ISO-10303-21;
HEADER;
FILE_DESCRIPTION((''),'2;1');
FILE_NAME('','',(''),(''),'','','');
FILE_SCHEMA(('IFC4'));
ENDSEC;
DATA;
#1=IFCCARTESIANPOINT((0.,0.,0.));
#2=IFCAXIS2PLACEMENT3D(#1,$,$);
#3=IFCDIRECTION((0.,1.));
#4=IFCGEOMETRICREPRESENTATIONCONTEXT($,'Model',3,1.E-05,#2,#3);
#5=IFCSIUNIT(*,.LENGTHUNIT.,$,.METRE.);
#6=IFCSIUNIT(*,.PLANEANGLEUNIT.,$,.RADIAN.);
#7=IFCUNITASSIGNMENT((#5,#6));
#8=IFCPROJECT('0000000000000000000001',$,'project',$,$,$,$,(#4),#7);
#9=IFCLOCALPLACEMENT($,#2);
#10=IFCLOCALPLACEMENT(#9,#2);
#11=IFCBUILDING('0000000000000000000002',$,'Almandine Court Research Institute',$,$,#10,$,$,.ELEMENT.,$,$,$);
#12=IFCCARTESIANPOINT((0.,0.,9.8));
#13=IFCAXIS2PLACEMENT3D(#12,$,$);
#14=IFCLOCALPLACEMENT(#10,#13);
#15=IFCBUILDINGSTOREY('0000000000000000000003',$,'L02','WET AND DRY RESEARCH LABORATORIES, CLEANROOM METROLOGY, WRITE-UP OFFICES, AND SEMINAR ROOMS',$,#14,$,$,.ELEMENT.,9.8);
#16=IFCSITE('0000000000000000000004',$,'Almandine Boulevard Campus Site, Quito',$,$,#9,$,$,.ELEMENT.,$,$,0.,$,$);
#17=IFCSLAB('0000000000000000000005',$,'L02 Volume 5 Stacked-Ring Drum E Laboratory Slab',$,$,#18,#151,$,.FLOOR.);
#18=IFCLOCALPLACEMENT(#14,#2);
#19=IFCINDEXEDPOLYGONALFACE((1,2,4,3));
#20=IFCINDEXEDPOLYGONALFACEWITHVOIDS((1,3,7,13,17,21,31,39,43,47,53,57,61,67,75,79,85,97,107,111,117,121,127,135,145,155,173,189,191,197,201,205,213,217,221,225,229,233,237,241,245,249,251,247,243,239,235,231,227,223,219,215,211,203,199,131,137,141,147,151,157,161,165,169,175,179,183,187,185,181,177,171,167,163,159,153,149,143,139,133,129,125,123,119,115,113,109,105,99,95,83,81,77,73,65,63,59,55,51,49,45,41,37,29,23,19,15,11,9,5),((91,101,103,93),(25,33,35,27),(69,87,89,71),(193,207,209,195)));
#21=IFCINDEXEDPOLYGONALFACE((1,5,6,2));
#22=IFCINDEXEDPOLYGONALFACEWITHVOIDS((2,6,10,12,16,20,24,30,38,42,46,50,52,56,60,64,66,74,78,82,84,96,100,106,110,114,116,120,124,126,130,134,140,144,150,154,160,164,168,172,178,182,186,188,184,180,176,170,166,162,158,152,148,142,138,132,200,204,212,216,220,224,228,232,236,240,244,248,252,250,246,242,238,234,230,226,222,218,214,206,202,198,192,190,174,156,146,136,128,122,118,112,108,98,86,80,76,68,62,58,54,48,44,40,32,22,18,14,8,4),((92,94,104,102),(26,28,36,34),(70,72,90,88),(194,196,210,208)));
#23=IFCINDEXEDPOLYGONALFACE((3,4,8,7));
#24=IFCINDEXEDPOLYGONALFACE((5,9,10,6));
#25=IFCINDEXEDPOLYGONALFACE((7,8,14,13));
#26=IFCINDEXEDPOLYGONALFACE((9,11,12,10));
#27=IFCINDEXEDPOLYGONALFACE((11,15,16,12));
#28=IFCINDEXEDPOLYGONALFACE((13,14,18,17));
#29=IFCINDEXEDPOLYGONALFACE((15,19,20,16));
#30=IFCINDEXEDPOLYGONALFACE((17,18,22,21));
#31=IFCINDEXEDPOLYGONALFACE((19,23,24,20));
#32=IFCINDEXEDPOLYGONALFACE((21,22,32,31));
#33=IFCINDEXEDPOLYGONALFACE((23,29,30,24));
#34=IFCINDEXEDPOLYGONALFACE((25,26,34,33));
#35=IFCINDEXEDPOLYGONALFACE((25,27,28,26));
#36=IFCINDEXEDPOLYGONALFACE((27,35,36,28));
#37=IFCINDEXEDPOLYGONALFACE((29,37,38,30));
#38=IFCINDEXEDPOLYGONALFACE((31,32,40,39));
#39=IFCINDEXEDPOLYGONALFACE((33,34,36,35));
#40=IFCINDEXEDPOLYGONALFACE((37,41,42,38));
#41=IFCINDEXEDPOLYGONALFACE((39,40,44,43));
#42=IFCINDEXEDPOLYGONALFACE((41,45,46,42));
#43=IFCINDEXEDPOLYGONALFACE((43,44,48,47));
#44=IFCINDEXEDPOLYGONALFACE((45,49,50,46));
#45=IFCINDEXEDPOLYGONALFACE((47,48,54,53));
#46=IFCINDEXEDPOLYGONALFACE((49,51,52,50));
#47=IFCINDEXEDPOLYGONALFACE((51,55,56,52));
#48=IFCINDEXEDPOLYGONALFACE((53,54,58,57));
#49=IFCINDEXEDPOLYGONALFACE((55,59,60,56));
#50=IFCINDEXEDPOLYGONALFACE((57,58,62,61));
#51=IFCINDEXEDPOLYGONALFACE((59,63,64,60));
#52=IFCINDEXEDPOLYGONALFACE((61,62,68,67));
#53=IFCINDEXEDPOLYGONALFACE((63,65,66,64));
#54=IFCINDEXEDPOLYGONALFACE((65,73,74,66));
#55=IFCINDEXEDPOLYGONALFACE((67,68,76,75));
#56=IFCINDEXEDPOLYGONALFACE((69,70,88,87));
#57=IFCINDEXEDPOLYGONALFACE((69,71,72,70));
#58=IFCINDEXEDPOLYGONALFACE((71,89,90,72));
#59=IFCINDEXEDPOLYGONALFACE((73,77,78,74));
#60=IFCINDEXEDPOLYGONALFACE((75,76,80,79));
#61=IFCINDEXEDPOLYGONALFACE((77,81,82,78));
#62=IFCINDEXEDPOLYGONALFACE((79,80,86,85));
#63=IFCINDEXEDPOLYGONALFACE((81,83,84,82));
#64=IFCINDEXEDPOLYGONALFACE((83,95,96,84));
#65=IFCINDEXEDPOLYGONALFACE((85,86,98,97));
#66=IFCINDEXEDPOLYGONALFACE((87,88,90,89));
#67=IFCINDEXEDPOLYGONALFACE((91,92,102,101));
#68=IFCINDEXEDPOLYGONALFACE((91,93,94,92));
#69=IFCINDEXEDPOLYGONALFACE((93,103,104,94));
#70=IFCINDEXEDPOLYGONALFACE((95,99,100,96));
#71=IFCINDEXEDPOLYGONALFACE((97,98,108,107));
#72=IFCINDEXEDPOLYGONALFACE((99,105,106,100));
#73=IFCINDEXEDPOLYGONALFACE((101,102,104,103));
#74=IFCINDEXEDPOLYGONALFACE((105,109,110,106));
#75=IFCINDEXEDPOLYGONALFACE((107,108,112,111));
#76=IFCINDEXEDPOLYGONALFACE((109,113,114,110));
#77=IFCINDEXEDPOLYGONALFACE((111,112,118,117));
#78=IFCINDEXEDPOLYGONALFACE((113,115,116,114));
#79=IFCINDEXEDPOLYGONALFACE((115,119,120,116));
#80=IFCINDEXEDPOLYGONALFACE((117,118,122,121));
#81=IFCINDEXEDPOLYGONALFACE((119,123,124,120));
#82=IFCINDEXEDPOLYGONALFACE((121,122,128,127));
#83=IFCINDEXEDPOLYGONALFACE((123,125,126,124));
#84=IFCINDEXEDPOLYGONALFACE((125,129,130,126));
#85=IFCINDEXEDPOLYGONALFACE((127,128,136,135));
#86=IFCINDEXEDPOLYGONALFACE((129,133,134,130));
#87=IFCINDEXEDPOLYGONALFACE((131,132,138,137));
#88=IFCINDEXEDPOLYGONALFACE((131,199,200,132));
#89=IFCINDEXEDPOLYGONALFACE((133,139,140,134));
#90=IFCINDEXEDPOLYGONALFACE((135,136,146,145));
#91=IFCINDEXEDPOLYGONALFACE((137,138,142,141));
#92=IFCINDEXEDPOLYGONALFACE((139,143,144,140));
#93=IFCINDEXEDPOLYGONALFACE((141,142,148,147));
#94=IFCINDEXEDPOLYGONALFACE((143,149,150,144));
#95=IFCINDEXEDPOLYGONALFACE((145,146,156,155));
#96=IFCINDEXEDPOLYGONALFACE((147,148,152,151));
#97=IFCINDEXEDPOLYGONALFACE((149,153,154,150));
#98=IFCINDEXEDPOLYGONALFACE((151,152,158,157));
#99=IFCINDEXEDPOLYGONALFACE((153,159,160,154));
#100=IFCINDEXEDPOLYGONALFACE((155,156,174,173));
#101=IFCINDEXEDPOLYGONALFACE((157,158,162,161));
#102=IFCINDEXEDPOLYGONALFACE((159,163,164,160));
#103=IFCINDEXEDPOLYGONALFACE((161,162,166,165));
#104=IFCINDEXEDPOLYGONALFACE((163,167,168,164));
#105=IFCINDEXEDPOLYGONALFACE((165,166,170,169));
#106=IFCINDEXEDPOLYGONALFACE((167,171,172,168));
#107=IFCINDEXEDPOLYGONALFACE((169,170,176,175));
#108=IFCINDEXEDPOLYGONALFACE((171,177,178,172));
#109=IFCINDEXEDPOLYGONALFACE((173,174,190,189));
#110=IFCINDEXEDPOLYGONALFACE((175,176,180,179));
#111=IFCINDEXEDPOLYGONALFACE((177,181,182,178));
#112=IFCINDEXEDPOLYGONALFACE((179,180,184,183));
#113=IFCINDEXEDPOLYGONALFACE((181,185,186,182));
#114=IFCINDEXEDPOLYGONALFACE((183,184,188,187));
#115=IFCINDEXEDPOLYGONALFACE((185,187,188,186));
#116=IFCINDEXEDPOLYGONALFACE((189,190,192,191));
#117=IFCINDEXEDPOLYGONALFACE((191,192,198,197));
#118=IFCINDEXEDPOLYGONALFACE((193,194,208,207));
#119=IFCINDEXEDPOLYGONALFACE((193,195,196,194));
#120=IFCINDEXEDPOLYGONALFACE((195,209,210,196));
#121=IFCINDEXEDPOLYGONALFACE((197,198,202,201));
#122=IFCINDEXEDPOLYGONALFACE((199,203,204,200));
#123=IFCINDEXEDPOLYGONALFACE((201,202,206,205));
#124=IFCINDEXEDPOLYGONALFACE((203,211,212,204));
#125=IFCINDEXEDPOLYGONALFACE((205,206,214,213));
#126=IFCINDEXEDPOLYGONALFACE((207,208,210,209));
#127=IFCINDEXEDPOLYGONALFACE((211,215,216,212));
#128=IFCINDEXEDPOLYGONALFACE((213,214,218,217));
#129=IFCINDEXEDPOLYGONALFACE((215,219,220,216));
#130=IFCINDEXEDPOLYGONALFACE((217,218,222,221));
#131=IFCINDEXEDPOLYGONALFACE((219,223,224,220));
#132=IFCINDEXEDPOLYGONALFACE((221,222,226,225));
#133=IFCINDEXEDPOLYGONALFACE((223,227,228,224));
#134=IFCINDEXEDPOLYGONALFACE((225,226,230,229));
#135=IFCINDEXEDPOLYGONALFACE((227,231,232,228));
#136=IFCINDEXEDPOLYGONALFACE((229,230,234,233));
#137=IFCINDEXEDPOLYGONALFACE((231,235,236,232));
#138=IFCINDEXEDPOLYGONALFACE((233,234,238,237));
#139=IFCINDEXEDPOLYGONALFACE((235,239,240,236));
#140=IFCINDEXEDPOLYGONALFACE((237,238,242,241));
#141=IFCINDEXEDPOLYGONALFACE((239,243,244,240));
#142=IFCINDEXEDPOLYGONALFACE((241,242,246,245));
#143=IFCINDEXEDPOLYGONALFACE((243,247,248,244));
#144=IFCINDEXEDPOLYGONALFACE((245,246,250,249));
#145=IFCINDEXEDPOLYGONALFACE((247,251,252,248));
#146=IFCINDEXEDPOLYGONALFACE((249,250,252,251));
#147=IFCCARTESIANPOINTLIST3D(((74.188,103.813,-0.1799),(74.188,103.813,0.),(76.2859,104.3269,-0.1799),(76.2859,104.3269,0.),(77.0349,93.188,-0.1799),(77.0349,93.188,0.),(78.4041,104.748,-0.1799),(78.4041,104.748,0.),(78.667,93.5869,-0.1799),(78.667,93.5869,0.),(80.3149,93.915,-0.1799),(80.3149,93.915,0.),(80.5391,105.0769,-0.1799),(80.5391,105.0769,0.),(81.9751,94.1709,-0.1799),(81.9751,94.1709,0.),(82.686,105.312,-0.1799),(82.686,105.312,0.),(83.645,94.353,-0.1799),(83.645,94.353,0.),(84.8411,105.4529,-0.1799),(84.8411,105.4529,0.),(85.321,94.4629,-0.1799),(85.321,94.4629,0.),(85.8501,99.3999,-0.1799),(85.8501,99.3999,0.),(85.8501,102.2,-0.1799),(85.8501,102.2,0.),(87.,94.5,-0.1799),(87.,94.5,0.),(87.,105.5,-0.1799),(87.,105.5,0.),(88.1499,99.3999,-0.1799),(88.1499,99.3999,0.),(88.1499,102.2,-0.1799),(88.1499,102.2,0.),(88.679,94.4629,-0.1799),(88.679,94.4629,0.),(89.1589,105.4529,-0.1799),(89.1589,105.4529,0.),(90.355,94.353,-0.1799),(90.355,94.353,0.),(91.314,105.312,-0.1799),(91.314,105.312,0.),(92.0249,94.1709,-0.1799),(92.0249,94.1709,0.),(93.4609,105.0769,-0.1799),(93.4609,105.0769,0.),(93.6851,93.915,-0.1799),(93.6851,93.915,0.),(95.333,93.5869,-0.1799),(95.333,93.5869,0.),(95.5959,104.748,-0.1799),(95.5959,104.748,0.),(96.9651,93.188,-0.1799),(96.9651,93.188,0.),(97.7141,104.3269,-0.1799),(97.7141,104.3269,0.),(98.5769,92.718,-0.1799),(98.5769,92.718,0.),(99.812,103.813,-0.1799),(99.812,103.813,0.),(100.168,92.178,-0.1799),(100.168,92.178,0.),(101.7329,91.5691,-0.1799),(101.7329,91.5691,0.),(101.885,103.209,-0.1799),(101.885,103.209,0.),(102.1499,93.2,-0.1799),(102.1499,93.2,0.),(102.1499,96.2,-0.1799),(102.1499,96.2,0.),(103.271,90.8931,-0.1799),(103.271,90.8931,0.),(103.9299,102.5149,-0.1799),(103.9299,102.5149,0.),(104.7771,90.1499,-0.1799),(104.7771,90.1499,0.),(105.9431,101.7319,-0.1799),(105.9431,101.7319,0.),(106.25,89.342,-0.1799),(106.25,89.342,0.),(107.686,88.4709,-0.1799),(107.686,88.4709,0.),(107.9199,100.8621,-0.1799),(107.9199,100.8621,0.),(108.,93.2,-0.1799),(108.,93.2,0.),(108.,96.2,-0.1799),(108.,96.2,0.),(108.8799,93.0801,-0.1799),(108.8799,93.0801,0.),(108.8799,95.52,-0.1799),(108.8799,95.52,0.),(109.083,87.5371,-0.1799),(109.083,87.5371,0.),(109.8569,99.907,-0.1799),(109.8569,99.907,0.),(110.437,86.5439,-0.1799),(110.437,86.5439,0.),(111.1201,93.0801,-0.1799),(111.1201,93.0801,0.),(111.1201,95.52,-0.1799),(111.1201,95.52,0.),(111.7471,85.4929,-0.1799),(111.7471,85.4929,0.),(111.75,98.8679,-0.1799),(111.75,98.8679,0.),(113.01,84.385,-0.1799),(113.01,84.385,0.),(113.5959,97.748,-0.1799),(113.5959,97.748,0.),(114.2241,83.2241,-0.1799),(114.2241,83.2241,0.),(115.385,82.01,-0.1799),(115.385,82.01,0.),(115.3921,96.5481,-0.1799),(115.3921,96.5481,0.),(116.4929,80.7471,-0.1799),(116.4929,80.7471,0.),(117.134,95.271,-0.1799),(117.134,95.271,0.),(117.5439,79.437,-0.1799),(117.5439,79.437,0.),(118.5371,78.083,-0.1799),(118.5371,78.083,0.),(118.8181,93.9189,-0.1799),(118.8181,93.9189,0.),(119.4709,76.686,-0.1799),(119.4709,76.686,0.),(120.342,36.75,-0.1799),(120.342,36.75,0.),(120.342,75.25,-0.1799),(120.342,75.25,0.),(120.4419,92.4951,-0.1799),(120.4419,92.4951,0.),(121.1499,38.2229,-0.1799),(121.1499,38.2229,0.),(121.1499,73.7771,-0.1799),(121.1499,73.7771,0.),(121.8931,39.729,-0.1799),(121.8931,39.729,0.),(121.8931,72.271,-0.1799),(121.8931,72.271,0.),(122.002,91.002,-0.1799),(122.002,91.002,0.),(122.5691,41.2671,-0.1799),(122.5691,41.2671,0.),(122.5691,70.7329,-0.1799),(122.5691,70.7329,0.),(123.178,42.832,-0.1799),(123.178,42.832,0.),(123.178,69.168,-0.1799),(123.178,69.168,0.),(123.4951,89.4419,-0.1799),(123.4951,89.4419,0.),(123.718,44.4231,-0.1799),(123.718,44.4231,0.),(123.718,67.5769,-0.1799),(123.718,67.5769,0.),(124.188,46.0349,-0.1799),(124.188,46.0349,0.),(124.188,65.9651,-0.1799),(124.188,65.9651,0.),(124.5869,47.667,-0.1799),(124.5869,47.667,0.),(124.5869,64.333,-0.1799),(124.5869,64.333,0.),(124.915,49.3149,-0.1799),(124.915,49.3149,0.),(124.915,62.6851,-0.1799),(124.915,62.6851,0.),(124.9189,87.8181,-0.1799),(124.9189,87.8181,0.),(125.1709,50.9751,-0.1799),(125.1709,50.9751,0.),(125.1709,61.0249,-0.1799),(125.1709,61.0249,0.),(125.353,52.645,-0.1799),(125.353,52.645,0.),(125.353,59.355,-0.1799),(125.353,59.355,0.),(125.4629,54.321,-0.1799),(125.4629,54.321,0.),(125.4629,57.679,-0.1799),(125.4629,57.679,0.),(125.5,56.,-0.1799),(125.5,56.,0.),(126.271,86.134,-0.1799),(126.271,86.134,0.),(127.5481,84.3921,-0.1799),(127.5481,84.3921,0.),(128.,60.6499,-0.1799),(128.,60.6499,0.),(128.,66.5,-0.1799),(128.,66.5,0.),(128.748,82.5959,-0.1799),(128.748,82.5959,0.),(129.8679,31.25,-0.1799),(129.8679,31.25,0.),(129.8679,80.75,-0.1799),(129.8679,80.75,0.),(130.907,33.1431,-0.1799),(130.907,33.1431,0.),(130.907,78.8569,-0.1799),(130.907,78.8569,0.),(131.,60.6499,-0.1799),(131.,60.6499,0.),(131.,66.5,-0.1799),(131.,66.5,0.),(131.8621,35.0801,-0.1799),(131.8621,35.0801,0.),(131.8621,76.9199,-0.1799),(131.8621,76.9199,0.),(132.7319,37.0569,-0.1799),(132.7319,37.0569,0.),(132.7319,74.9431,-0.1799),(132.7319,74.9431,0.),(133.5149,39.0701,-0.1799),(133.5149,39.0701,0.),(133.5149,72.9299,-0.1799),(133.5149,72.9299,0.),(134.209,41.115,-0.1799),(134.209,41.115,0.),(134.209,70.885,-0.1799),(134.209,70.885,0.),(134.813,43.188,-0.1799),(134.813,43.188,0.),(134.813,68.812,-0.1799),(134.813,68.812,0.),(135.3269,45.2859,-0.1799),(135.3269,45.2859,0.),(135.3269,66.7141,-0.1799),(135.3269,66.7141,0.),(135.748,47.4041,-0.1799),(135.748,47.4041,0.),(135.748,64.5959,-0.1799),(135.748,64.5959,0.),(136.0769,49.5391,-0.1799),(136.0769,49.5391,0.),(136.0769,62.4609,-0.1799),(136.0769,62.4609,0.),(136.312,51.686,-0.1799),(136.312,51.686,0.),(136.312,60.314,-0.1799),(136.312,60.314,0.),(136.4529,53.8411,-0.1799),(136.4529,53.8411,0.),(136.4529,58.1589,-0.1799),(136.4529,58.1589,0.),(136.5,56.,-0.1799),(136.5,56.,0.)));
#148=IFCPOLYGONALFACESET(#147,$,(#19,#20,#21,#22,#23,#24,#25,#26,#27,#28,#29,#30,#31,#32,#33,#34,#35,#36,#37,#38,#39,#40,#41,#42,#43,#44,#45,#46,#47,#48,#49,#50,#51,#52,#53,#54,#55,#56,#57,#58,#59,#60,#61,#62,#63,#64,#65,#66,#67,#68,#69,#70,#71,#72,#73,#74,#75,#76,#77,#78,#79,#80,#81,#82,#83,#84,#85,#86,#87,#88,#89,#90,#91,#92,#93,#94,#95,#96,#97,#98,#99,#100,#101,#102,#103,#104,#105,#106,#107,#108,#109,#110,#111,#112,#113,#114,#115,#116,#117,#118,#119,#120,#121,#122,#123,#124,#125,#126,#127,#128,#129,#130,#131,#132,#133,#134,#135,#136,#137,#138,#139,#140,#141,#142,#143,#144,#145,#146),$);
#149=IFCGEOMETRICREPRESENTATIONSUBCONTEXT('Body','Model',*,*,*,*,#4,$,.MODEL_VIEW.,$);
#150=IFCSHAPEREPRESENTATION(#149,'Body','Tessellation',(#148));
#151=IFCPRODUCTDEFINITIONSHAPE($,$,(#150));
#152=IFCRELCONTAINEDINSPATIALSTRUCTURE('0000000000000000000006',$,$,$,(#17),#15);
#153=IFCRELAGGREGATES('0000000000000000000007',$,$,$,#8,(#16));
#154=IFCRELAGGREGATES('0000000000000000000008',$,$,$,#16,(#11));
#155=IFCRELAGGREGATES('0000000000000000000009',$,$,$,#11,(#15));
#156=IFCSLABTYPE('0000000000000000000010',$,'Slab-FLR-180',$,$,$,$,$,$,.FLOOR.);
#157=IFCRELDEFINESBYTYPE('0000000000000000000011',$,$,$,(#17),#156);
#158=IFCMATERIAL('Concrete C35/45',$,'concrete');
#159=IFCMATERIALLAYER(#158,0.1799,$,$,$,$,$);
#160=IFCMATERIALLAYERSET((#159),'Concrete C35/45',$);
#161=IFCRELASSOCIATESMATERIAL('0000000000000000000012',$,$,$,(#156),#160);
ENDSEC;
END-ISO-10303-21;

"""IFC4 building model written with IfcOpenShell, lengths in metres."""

from ifc_helpers import new_model, si_unit, direction, frame, origin, place, context, subcontext, project, spatial, polyline, outline, extrude, material, layer, layer_set, type_object, element, save


model = new_model("IFC4")

# Units and contexts
model_context = context("Model", 3, precision=1e-05, world=origin(), true_north=direction((0.0, 1.0)))
body_context = subcontext(model_context, "Body", "Model", "MODEL_VIEW")
ifc_project = project(units=[si_unit("LENGTHUNIT", "METRE"), si_unit("PLANEANGLEUNIT", "RADIAN")], contexts=[model_context])

# Site, building, storey
site_placement = place(None, origin())
site = spatial("IfcSite", under=ifc_project, at=site_placement, Name="Almandine Boulevard Campus Site, Quito", CompositionType="ELEMENT", RefElevation=0.0)
building_placement = place(site_placement, origin())
building = spatial("IfcBuilding", under=site, at=building_placement, Name="Almandine Court Research Institute", CompositionType="ELEMENT")
storey_placement = place(building_placement, frame((0.0, 0.0, 9.8)))
storey = spatial("IfcBuildingStorey", under=building, at=storey_placement, Name="L02", Description="WET AND DRY RESEARCH LABORATORIES, CLEANROOM METROLOGY, WRITE-UP OFFICES, AND SEMINAR ROOMS", CompositionType="ELEMENT", Elevation=9.8)

# Slab
ifc_material_1 = material(Name="Concrete C35/45", Category="concrete")
ifc_layer_1 = layer(ifc_material_1, 0.1799)
ifc_layer_set_1 = layer_set([ifc_layer_1], Name="Concrete C35/45")
slab_type_1 = type_object("IfcSlabType", Name="Slab-FLR-180", PredefinedType="FLOOR", material=ifc_layer_set_1)
slab_1_placement = place(storey_placement, frame((0.0, 0.0, -0.1799)))
element("IfcSlab", 1, at=slab_1_placement, inside=storey, type_object=slab_type_1, Name="L02 Volume 5 Stacked-Ring Drum E Laboratory Slab", PredefinedType="FLOOR", context=body_context, shape_type="SweptSolid", body=[
    extrude(outline(polyline([(129.8679, 31.25), (130.907, 33.1431), (131.8621, 35.0801), (132.7319, 37.0569), (133.5149, 39.0701), (134.209, 41.115), (134.813, 43.188), (135.3269, 45.2859), (135.748, 47.4041), (136.0769, 49.5391), (136.312, 51.686), (136.4529, 53.8411), (136.5, 56.0), (136.4529, 58.1589), (136.312, 60.314), (136.0769, 62.4609), (135.748, 64.5959), (135.3269, 66.7141), (134.813, 68.812), (134.209, 70.885), (133.5149, 72.9299), (132.7319, 74.9431), (131.8621, 76.9199), (130.907, 78.8569), (129.8679, 80.75), (128.748, 82.5959), (127.5481, 84.3921), (126.271, 86.134), (124.9189, 87.8181), (123.4951, 89.4419), (122.002, 91.002), (120.4419, 92.4951), (118.8181, 93.9189), (117.134, 95.271), (115.3921, 96.5481), (113.5959, 97.748), (111.75, 98.8679), (109.8569, 99.907), (107.9199, 100.8621), (105.9431, 101.7319), (103.9299, 102.5149), (101.885, 103.209), (99.812, 103.813), (97.7141, 104.3269), (95.5959, 104.748), (93.4609, 105.0769), (91.314, 105.312), (89.1589, 105.4529), (87.0, 105.5), (84.8411, 105.4529), (82.686, 105.312), (80.5391, 105.0769), (78.4041, 104.748), (76.2859, 104.3269), (74.188, 103.813), (77.0349, 93.188), (78.667, 93.5869), (80.3149, 93.915), (81.9751, 94.1709), (83.645, 94.353), (85.321, 94.4629), (87.0, 94.5), (88.679, 94.4629), (90.355, 94.353), (92.0249, 94.1709), (93.6851, 93.915), (95.333, 93.5869), (96.9651, 93.188), (98.5769, 92.718), (100.168, 92.178), (101.7329, 91.5691), (103.271, 90.8931), (104.7771, 90.1499), (106.25, 89.342), (107.686, 88.4709), (109.083, 87.5371), (110.437, 86.5439), (111.7471, 85.4929), (113.01, 84.385), (114.2241, 83.2241), (115.385, 82.01), (116.4929, 80.7471), (117.5439, 79.437), (118.5371, 78.083), (119.4709, 76.686), (120.342, 75.25), (121.1499, 73.7771), (121.8931, 72.271), (122.5691, 70.7329), (123.178, 69.168), (123.718, 67.5769), (124.188, 65.9651), (124.5869, 64.333), (124.915, 62.6851), (125.1709, 61.0249), (125.353, 59.355), (125.4629, 57.679), (125.5, 56.0), (125.4629, 54.321), (125.353, 52.645), (125.1709, 50.9751), (124.915, 49.3149), (124.5869, 47.667), (124.188, 46.0349), (123.718, 44.4231), (123.178, 42.832), (122.5691, 41.2671), (121.8931, 39.729), (121.1499, 38.2229), (120.342, 36.75), (129.8679, 31.25)]), holes=[polyline([(102.1499, 93.2), (108.0, 93.2), (108.0, 96.2), (102.1499, 96.2), (102.1499, 93.2)]), polyline([(131.0, 60.6499), (131.0, 66.5), (128.0, 66.5), (128.0, 60.6499), (131.0, 60.6499)]), polyline([(85.8501, 99.3999), (88.1499, 99.3999), (88.1499, 102.2), (85.8501, 102.2), (85.8501, 99.3999)]), polyline([(108.8799, 93.0801), (111.1201, 93.0801), (111.1201, 95.52), (108.8799, 95.52), (108.8799, 93.0801)])]), origin(), (0.0, 0.0, 1.0), 0.1799),
])

save(model, "model.ifc")
